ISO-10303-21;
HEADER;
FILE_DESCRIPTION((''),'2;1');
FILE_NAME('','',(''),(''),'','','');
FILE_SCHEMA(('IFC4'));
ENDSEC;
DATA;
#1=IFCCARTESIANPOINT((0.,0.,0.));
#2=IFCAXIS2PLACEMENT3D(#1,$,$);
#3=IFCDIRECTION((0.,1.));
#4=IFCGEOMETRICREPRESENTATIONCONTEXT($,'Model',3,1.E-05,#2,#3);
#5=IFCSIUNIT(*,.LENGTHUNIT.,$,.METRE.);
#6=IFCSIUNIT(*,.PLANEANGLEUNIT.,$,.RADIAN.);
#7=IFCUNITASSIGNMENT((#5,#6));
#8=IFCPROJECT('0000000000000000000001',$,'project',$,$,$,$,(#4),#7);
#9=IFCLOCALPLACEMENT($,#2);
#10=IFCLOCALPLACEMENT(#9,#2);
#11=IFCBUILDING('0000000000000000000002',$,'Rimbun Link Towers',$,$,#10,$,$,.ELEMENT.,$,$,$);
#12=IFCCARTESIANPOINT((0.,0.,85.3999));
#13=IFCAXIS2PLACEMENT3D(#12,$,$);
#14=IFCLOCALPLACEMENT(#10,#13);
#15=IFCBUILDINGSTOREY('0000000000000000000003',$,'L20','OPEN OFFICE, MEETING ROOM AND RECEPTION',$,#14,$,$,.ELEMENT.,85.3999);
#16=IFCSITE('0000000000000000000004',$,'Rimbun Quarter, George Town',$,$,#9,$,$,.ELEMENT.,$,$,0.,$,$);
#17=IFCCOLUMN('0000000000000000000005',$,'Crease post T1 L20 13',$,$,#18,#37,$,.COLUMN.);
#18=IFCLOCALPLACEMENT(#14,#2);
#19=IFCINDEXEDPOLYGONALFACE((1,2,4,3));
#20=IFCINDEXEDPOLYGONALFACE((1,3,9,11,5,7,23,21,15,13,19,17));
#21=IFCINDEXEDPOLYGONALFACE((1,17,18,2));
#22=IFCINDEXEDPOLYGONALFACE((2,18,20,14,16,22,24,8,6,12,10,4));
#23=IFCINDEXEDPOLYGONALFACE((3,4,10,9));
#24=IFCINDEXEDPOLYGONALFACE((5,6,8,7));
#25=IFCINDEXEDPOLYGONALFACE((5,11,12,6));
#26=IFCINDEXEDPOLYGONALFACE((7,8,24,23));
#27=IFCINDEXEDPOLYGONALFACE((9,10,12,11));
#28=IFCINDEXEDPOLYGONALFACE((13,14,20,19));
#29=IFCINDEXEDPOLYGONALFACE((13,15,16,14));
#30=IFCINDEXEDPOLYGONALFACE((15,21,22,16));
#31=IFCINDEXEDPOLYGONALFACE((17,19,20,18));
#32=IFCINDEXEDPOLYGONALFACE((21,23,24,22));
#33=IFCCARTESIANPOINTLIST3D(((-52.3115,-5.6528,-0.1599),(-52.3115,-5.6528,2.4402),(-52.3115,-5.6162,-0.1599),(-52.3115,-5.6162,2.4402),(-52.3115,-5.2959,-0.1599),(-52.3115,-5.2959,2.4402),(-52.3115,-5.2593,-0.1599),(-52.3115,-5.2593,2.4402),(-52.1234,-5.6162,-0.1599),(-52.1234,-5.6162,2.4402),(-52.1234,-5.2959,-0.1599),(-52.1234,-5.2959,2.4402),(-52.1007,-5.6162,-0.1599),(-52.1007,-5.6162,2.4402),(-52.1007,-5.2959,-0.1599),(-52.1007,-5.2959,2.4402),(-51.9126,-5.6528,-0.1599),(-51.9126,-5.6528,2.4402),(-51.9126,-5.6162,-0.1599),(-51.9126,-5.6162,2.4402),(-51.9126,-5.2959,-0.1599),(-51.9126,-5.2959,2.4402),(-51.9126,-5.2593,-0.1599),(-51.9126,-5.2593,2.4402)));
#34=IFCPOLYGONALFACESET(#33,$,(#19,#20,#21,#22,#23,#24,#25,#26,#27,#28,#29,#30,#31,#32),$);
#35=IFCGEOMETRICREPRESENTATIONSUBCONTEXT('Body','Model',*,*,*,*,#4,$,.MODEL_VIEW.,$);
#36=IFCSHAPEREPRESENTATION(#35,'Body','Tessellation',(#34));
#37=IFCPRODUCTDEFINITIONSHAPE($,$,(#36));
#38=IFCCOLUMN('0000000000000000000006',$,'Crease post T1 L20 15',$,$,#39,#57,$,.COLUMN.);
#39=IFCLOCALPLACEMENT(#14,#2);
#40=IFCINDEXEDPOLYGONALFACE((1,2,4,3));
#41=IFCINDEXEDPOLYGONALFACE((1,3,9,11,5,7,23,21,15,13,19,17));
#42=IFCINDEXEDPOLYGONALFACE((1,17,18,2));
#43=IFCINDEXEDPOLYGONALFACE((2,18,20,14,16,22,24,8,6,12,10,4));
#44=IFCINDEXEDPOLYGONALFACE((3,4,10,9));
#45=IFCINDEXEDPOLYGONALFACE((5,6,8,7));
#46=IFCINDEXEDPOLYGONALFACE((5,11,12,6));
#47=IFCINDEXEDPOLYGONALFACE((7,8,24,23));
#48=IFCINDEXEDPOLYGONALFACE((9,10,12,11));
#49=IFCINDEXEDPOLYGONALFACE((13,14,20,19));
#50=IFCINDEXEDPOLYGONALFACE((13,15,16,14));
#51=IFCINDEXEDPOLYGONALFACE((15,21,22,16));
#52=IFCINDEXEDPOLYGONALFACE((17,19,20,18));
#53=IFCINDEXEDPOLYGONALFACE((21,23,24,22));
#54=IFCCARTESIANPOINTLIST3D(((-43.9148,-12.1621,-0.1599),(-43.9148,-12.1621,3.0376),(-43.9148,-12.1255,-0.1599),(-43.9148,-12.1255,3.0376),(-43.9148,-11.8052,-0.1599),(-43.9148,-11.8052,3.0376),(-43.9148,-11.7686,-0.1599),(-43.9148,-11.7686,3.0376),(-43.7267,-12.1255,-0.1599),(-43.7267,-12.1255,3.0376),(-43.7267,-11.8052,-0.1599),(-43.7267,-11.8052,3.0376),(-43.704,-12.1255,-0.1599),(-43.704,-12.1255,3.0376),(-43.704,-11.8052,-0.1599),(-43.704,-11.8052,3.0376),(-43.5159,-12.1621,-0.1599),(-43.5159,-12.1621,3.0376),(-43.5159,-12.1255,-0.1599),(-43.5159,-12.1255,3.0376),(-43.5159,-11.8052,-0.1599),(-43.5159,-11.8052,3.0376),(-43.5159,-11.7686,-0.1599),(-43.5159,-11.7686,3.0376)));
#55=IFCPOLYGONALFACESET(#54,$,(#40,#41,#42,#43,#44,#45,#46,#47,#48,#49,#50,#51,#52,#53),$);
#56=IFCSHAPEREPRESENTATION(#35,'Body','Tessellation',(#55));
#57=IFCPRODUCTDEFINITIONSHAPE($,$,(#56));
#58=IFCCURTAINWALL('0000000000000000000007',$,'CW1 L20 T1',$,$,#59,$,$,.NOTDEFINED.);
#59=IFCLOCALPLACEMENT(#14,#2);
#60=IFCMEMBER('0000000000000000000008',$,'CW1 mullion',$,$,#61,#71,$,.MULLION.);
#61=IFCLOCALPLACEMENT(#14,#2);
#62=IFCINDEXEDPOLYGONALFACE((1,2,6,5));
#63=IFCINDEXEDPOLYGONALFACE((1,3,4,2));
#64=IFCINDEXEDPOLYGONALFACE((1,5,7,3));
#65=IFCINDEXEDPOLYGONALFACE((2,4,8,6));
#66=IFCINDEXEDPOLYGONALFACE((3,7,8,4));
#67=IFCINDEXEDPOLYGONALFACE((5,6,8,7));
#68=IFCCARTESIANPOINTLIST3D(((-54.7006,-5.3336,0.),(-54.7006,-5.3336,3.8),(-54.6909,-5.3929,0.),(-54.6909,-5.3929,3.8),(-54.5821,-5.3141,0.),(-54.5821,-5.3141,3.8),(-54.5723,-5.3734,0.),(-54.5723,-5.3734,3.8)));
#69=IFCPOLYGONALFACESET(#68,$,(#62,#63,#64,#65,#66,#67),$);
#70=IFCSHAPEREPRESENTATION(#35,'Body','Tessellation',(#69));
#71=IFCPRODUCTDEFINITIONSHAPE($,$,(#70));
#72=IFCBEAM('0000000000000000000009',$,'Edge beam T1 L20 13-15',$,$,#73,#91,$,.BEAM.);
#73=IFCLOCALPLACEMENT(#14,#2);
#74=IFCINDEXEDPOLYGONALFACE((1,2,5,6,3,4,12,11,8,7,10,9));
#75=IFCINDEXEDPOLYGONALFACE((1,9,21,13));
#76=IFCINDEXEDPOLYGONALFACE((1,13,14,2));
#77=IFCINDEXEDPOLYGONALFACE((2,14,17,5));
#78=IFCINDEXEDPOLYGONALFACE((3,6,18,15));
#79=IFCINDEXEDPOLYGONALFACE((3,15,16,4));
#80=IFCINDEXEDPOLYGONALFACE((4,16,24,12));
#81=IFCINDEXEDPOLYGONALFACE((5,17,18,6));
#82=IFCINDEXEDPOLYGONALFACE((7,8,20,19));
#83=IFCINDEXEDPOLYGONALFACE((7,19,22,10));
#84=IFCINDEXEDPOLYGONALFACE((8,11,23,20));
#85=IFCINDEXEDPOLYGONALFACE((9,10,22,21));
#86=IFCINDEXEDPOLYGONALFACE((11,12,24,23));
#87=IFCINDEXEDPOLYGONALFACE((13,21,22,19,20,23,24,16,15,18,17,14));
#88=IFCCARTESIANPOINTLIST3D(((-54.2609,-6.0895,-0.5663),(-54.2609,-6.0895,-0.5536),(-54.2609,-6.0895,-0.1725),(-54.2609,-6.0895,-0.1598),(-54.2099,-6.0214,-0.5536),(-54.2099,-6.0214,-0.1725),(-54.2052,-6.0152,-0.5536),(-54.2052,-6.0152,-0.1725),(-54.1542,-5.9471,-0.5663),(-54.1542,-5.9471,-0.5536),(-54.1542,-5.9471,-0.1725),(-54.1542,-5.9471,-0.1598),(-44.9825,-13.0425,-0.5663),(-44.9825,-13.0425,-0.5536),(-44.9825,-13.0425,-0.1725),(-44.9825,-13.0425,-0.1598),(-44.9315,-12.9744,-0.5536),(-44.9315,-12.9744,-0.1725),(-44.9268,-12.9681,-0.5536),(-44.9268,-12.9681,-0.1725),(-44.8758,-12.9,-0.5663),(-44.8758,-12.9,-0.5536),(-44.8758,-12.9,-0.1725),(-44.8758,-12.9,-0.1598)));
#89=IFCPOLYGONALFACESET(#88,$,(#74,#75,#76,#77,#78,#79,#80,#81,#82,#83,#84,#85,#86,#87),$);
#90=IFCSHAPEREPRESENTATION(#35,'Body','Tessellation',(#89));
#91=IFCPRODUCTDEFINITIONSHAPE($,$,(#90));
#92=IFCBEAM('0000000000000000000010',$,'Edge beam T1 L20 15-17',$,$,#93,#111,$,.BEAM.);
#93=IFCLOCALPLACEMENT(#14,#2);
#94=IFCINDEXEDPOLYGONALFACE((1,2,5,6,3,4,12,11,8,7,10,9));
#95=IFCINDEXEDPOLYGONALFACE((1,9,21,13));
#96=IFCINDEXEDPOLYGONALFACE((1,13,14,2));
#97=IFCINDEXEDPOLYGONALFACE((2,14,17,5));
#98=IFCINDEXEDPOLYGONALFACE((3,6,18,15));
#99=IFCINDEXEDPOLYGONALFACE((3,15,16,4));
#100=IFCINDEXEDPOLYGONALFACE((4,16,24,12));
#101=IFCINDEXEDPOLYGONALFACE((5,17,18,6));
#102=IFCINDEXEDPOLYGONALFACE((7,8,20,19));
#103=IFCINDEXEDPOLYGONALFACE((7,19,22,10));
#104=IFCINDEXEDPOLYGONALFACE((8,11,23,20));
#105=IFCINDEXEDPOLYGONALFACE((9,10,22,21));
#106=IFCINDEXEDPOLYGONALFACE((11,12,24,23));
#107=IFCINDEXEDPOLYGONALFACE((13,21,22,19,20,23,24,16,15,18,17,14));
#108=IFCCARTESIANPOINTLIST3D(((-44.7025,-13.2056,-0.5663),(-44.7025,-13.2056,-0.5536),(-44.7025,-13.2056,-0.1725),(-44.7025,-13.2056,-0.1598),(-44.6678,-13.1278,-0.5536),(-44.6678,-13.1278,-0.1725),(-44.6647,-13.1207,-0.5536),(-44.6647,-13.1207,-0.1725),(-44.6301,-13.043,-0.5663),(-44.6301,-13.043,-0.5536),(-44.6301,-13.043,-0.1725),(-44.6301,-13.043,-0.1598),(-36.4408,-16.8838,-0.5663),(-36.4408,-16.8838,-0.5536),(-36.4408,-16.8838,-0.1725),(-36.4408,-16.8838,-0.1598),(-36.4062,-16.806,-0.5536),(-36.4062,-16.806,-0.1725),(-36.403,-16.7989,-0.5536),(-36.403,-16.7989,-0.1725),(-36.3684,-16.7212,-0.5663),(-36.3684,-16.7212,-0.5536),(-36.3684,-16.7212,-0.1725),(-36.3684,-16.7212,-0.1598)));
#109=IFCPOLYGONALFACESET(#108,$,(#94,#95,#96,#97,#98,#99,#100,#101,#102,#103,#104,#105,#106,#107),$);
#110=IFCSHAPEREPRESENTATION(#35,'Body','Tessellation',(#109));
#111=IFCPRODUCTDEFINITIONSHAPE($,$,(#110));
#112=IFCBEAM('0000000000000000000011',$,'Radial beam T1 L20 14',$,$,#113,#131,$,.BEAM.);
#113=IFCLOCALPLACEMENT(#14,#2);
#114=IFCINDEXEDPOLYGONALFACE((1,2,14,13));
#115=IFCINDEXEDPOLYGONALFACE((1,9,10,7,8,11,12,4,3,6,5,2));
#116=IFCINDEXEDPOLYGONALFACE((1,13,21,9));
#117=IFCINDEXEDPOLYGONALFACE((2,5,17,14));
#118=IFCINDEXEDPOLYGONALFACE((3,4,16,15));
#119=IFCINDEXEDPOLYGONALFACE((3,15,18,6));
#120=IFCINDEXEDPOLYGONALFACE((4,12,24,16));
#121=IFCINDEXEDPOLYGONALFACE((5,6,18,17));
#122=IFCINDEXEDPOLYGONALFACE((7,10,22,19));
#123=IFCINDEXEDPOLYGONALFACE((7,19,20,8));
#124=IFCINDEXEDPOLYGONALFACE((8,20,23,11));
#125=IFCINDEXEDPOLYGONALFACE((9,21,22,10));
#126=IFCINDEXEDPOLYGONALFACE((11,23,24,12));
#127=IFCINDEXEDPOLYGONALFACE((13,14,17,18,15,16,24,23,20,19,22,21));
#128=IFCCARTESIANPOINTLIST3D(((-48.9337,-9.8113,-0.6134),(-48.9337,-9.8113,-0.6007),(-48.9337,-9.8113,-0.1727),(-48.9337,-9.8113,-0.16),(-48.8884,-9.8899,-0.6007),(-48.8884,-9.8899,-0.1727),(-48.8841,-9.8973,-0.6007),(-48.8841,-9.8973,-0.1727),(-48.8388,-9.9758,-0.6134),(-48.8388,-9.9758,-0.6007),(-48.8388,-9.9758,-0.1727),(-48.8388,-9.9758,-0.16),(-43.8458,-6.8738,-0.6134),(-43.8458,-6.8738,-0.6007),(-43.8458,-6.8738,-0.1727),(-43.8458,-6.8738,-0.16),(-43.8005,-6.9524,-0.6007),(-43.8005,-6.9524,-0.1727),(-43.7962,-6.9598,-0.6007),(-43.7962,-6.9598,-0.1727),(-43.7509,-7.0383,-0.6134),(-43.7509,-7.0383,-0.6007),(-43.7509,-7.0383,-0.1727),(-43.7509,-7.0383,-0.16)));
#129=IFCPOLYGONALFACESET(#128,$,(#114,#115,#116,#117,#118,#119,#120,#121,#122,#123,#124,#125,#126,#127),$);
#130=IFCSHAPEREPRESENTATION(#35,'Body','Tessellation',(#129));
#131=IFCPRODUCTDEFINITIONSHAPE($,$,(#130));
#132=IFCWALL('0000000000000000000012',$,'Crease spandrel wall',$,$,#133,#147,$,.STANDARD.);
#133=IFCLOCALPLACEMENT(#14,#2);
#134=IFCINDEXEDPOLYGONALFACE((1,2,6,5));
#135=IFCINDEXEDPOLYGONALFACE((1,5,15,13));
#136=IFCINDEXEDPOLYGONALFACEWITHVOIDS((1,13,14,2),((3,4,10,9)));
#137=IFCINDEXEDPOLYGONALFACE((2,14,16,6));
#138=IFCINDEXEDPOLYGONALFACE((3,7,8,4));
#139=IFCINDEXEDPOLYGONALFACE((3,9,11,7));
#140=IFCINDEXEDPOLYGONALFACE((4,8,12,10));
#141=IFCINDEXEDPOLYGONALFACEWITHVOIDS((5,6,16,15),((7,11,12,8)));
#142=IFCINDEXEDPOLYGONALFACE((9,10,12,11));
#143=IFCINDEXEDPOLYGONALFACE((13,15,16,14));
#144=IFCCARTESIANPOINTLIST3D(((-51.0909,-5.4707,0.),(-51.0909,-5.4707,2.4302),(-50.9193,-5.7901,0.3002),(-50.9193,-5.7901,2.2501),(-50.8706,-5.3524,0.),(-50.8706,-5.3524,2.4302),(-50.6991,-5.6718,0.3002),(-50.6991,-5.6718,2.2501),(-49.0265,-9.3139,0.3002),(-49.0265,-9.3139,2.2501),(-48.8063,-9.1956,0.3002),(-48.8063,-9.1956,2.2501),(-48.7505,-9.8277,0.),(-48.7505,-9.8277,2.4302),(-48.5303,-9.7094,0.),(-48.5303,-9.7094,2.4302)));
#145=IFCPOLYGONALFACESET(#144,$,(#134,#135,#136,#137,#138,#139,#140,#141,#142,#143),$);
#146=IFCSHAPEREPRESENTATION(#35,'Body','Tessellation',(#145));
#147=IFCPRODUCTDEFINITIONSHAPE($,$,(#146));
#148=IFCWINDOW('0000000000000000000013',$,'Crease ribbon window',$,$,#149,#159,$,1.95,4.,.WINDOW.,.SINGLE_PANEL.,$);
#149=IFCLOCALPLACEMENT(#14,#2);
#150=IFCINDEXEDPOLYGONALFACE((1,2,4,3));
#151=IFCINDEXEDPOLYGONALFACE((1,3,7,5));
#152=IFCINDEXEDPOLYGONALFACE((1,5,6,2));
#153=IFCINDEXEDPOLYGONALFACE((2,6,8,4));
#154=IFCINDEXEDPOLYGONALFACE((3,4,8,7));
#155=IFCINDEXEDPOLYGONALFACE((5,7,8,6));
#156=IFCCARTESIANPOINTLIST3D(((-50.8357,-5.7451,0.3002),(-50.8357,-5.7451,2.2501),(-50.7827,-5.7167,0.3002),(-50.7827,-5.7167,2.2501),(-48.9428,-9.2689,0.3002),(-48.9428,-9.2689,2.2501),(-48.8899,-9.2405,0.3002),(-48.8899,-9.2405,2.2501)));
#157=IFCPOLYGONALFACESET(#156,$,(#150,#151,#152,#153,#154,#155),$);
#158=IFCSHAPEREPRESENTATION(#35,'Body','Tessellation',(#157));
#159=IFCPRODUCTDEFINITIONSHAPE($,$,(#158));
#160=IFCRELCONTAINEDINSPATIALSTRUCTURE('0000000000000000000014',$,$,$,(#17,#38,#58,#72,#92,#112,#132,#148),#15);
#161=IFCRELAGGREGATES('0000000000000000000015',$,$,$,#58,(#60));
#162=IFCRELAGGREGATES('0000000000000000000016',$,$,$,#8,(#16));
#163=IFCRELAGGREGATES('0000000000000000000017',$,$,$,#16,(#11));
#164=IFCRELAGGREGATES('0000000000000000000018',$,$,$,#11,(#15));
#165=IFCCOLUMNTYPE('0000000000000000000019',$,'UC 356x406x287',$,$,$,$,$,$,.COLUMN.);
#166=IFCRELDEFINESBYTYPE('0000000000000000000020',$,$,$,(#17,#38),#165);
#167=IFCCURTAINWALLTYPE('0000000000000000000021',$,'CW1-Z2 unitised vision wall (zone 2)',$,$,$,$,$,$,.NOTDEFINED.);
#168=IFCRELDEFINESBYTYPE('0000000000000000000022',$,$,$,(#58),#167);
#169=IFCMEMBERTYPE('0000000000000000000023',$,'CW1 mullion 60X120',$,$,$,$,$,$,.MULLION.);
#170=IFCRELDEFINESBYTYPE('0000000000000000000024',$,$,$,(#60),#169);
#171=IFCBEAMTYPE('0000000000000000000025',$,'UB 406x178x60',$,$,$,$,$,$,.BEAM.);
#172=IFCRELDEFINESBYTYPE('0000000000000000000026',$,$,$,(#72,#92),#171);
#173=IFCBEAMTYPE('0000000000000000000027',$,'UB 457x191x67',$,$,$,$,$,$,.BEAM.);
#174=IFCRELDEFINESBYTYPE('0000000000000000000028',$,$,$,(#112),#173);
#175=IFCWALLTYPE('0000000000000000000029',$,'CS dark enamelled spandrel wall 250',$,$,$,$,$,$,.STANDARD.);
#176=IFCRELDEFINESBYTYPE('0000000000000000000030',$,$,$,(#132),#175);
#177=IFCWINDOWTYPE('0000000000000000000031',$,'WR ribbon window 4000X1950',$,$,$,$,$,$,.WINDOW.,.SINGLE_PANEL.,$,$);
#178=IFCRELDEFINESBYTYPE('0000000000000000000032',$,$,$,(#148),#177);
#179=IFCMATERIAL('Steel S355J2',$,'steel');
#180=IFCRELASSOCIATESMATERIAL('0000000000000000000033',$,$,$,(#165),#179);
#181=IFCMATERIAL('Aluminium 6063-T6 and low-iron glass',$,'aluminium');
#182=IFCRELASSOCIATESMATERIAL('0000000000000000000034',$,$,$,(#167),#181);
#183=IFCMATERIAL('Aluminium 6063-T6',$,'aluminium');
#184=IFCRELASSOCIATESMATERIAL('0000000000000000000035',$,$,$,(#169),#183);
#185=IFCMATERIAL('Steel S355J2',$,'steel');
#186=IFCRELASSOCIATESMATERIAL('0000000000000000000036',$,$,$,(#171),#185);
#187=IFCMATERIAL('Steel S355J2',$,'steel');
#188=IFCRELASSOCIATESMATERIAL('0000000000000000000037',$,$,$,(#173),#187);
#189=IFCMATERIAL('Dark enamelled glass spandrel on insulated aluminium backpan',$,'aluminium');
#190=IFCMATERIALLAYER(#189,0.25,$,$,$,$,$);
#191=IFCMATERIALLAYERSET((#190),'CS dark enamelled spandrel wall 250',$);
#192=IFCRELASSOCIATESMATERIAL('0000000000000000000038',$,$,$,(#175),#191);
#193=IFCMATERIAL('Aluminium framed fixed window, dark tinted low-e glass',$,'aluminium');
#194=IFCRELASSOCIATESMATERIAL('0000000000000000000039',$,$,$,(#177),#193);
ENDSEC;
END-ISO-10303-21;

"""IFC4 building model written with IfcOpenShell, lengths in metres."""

from ifc_helpers import new_model, si_unit, direction, frame, frame_2d, origin, origin_2d, place, context, subcontext, project, spatial, rectangle, i_section, extrude, material, layer, layer_set, material_profile, profile_set, type_object, element, fill, aggregate, save


model = new_model("IFC4")

# Units and contexts
model_context = context("Model", 3, precision=1e-05, world=origin(), true_north=direction((0.0, 1.0)))
body_context = subcontext(model_context, "Body", "Model", "MODEL_VIEW")
ifc_project = project(units=[si_unit("LENGTHUNIT", "METRE"), si_unit("PLANEANGLEUNIT", "RADIAN")], contexts=[model_context])

# Site, building, storey
site_placement = place(None, origin())
site = spatial("IfcSite", under=ifc_project, at=site_placement, Name="Rimbun Quarter, George Town", CompositionType="ELEMENT", RefElevation=0.0)
building_placement = place(site_placement, origin())
building = spatial("IfcBuilding", under=site, at=building_placement, Name="Rimbun Link Towers", CompositionType="ELEMENT")
storey_placement = place(building_placement, frame((0.0, 0.0, 85.3999)))
storey = spatial("IfcBuildingStorey", under=building, at=storey_placement, Name="L20", Description="OPEN OFFICE, MEETING ROOM AND RECEPTION", CompositionType="ELEMENT", Elevation=85.3999)

# Columns
ifc_material_1 = material(Name="Steel S355J2", Category="steel")
ifc_material_profile_1 = material_profile(ifc_material_1, i_section(OverallWidth=0.3989, OverallDepth=0.3936, WebThickness=0.0227, FlangeThickness=0.0366, at=origin_2d()), Name="UC 356x406x287")
ifc_profile_set_1 = profile_set([ifc_material_profile_1], Name="Steel S355J2")
column_type = type_object("IfcColumnType", Name="UC 356x406x287", PredefinedType="COLUMN", material=ifc_profile_set_1)
column_1_placement = place(storey_placement, frame((-52.1121, -5.4561, -0.1599), z_axis=(0.0, 0.0, 1.0), x_axis=(1.0, 0.0, 0.0)))
element("IfcColumn", 1, at=column_1_placement, inside=storey, type_object=column_type, Name="Crease post T1 L20 13", PredefinedType="COLUMN", context=body_context, shape_type="SweptSolid", body=[
    extrude(i_section(OverallWidth=0.3989, OverallDepth=0.3936, WebThickness=0.0227, FlangeThickness=0.0366, at=origin_2d()), origin(), (0.0, 0.0, 1.0), 2.6001),
])
column_2_placement = place(storey_placement, frame((-43.7153, -11.9653, -0.1599), z_axis=(0.0, 0.0, 1.0), x_axis=(1.0, 0.0, 0.0)))
element("IfcColumn", 2, at=column_2_placement, inside=storey, type_object=column_type, Name="Crease post T1 L20 15", PredefinedType="COLUMN", context=body_context, shape_type="SweptSolid", body=[
    extrude(i_section(OverallWidth=0.3989, OverallDepth=0.3936, WebThickness=0.0227, FlangeThickness=0.0366, at=origin_2d()), origin(), (0.0, 0.0, 1.0), 3.1975),
])

# Curtain wall, member
ifc_material_2 = material(Name="Aluminium 6063-T6 and low-iron glass", Category="aluminium")
curtain_wall_type = type_object("IfcCurtainWallType", Name="CW1-Z2 unitised vision wall (zone 2)", PredefinedType="NOTDEFINED", material=ifc_material_2)
curtain_wall_placement = place(storey_placement, origin())
curtain_wall = element("IfcCurtainWall", 3, at=curtain_wall_placement, inside=storey, type_object=curtain_wall_type, Name="CW1 L20 T1", PredefinedType="NOTDEFINED")
ifc_material_3 = material(Name="Aluminium 6063-T6", Category="aluminium")
ifc_material_profile_2 = material_profile(ifc_material_3, rectangle(XDim=0.1201, YDim=0.0601, at=origin_2d()), Name="MULLION 60X120")
ifc_profile_set_2 = profile_set([ifc_material_profile_2], Name="Aluminium 6063-T6")
member_type_1 = type_object("IfcMemberType", Name="CW1 mullion 60X120", PredefinedType="MULLION", material=ifc_profile_set_2)
member_1_placement = place(storey_placement, frame((-54.6365, -5.3535, 0.0), z_axis=(0.0, 0.0, 1.0), x_axis=(-0.986749, -0.162255, 0.0)))
member_1 = element("IfcMember", 4, at=member_1_placement, type_object=member_type_1, Name="CW1 mullion", PredefinedType="MULLION", context=body_context, shape_type="SweptSolid", body=[
    extrude(rectangle(XDim=0.1201, YDim=0.0601, at=origin_2d()), origin(), (0.0, 0.0, 1.0), 3.8),
])
aggregate(curtain_wall, [member_1])

# Beams
ifc_material_4 = material(Name="Steel S355J2", Category="steel")
ifc_material_profile_3 = material_profile(ifc_material_4, i_section(OverallWidth=0.178, OverallDepth=0.4065, WebThickness=0.0078, FlangeThickness=0.0127, at=origin_2d()), Name="UB 406x178x60")
ifc_profile_set_3 = profile_set([ifc_material_profile_3], Name="Steel S355J2")
beam_type_1 = type_object("IfcBeamType", Name="UB 406x178x60", PredefinedType="BEAM", material=ifc_profile_set_3)
beam_1_placement = place(storey_placement, frame((-54.2075, -6.0183, -0.363), z_axis=(0.800243, -0.599677, 0.0), x_axis=(0.599677, 0.800243, 0.0)))
element("IfcBeam", 5, at=beam_1_placement, inside=storey, type_object=beam_type_1, Name="Edge beam T1 L20 13-15", PredefinedType="BEAM", context=body_context, shape_type="SweptSolid", body=[
    extrude(i_section(OverallWidth=0.178, OverallDepth=0.4065, WebThickness=0.0078, FlangeThickness=0.0127, at=origin_2d()), origin(), (0.0, 0.0, 1.0), 11.5945),
])
beam_2_placement = place(storey_placement, frame((-44.6663, -13.1243, -0.363), z_axis=(0.913551, -0.406725, 0.0), x_axis=(0.406725, 0.913551, 0.0)))
element("IfcBeam", 6, at=beam_2_placement, inside=storey, type_object=beam_type_1, Name="Edge beam T1 L20 15-17", PredefinedType="BEAM", context=body_context, shape_type="SweptSolid", body=[
    extrude(i_section(OverallWidth=0.178, OverallDepth=0.4065, WebThickness=0.0078, FlangeThickness=0.0127, at=origin_2d()), origin(), (0.0, 0.0, 1.0), 9.0435),
])
ifc_material_5 = material(Name="Steel S355J2", Category="steel")
ifc_material_profile_4 = material_profile(ifc_material_5, i_section(OverallWidth=0.1899, OverallDepth=0.4534, WebThickness=0.0085, FlangeThickness=0.0127, at=origin_2d()), Name="UB 457x191x67")
ifc_profile_set_4 = profile_set([ifc_material_profile_4], Name="Steel S355J2")
beam_type_2 = type_object("IfcBeamType", Name="UB 457x191x67", PredefinedType="BEAM", material=ifc_profile_set_4)
beam_3_placement = place(storey_placement, frame((-43.7983, -6.9561, -0.3867), z_axis=(-0.866025, -0.500001, 0.0), x_axis=(0.500001, -0.866025, 0.0)))
element("IfcBeam", 7, at=beam_3_placement, inside=storey, type_object=beam_type_2, Name="Radial beam T1 L20 14", PredefinedType="BEAM", context=body_context, shape_type="SweptSolid", body=[
    extrude(i_section(OverallWidth=0.1899, OverallDepth=0.4534, WebThickness=0.0085, FlangeThickness=0.0127, at=origin_2d()), origin(), (0.0, 0.0, 1.0), 5.875),
])

# Wall, opening, window
ifc_material_6 = material(Name="Dark enamelled glass spandrel on insulated aluminium backpan", Category="aluminium")
ifc_layer_1 = layer(ifc_material_6, 0.25)
ifc_layer_set_1 = layer_set([ifc_layer_1], Name="CS dark enamelled spandrel wall 250")
wall_type_1 = type_object("IfcWallType", Name="CS dark enamelled spandrel wall 250", PredefinedType="STANDARD", material=ifc_layer_set_1)
wall_1_placement = place(storey_placement, frame((-48.6404, -9.7686, 0.0), z_axis=(0.0, 0.0, 1.0), x_axis=(-0.473205, 0.880953, 0.0)))
wall_1 = element("IfcWall", 8, at=wall_1_placement, inside=storey, type_object=wall_type_1, Name="Crease spandrel wall", PredefinedType="STANDARD", context=body_context, shape_type="SweptSolid", body=[
    extrude(rectangle(XDim=4.9458, YDim=0.25, at=frame_2d((2.4729, 0.0))), origin(), (0.0, 0.0, 1.0), 2.4302),
])
opening_1_placement = place(wall_1_placement, frame((0.5833, 0.0, 0.3)))
opening_1 = element("IfcOpeningElement", 9, at=opening_1_placement, cuts=wall_1, PredefinedType="OPENING", context=body_context, shape_type="SweptSolid", body=[
    extrude(rectangle(XDim=4.0, YDim=1.95, at=frame_2d((2.0, 0.9751))), frame((0.0, 0.135, 0.0), z_axis=(0.0, -1.0, 0.0), x_axis=(1.0, 0.0, 0.0)), (0.0, 0.0, 1.0), 0.27),
])
ifc_material_7 = material(Name="Aluminium framed fixed window, dark tinted low-e glass", Category="aluminium")
window_type_1 = type_object("IfcWindowType", Name="WR ribbon window 4000X1950", PartitioningType="SINGLE_PANEL", PredefinedType="WINDOW", material=ifc_material_7)
window_1_placement = place(opening_1_placement, origin())
window_1 = element("IfcWindow", 10, at=window_1_placement, inside=storey, type_object=window_type_1, Name="Crease ribbon window", OverallHeight=1.95, OverallWidth=4.0, PartitioningType="SINGLE_PANEL", PredefinedType="WINDOW", context=body_context, shape_type="SweptSolid", body=[
    extrude(rectangle(XDim=4.0, YDim=1.95, at=frame_2d((2.0, 0.9751))), frame((0.0, 0.03, 0.0), z_axis=(0.0, -1.0, 0.0), x_axis=(1.0, 0.0, 0.0)), (0.0, 0.0, 1.0), 0.0601),
])
fill(opening_1, window_1)

save(model, "model.ifc")
